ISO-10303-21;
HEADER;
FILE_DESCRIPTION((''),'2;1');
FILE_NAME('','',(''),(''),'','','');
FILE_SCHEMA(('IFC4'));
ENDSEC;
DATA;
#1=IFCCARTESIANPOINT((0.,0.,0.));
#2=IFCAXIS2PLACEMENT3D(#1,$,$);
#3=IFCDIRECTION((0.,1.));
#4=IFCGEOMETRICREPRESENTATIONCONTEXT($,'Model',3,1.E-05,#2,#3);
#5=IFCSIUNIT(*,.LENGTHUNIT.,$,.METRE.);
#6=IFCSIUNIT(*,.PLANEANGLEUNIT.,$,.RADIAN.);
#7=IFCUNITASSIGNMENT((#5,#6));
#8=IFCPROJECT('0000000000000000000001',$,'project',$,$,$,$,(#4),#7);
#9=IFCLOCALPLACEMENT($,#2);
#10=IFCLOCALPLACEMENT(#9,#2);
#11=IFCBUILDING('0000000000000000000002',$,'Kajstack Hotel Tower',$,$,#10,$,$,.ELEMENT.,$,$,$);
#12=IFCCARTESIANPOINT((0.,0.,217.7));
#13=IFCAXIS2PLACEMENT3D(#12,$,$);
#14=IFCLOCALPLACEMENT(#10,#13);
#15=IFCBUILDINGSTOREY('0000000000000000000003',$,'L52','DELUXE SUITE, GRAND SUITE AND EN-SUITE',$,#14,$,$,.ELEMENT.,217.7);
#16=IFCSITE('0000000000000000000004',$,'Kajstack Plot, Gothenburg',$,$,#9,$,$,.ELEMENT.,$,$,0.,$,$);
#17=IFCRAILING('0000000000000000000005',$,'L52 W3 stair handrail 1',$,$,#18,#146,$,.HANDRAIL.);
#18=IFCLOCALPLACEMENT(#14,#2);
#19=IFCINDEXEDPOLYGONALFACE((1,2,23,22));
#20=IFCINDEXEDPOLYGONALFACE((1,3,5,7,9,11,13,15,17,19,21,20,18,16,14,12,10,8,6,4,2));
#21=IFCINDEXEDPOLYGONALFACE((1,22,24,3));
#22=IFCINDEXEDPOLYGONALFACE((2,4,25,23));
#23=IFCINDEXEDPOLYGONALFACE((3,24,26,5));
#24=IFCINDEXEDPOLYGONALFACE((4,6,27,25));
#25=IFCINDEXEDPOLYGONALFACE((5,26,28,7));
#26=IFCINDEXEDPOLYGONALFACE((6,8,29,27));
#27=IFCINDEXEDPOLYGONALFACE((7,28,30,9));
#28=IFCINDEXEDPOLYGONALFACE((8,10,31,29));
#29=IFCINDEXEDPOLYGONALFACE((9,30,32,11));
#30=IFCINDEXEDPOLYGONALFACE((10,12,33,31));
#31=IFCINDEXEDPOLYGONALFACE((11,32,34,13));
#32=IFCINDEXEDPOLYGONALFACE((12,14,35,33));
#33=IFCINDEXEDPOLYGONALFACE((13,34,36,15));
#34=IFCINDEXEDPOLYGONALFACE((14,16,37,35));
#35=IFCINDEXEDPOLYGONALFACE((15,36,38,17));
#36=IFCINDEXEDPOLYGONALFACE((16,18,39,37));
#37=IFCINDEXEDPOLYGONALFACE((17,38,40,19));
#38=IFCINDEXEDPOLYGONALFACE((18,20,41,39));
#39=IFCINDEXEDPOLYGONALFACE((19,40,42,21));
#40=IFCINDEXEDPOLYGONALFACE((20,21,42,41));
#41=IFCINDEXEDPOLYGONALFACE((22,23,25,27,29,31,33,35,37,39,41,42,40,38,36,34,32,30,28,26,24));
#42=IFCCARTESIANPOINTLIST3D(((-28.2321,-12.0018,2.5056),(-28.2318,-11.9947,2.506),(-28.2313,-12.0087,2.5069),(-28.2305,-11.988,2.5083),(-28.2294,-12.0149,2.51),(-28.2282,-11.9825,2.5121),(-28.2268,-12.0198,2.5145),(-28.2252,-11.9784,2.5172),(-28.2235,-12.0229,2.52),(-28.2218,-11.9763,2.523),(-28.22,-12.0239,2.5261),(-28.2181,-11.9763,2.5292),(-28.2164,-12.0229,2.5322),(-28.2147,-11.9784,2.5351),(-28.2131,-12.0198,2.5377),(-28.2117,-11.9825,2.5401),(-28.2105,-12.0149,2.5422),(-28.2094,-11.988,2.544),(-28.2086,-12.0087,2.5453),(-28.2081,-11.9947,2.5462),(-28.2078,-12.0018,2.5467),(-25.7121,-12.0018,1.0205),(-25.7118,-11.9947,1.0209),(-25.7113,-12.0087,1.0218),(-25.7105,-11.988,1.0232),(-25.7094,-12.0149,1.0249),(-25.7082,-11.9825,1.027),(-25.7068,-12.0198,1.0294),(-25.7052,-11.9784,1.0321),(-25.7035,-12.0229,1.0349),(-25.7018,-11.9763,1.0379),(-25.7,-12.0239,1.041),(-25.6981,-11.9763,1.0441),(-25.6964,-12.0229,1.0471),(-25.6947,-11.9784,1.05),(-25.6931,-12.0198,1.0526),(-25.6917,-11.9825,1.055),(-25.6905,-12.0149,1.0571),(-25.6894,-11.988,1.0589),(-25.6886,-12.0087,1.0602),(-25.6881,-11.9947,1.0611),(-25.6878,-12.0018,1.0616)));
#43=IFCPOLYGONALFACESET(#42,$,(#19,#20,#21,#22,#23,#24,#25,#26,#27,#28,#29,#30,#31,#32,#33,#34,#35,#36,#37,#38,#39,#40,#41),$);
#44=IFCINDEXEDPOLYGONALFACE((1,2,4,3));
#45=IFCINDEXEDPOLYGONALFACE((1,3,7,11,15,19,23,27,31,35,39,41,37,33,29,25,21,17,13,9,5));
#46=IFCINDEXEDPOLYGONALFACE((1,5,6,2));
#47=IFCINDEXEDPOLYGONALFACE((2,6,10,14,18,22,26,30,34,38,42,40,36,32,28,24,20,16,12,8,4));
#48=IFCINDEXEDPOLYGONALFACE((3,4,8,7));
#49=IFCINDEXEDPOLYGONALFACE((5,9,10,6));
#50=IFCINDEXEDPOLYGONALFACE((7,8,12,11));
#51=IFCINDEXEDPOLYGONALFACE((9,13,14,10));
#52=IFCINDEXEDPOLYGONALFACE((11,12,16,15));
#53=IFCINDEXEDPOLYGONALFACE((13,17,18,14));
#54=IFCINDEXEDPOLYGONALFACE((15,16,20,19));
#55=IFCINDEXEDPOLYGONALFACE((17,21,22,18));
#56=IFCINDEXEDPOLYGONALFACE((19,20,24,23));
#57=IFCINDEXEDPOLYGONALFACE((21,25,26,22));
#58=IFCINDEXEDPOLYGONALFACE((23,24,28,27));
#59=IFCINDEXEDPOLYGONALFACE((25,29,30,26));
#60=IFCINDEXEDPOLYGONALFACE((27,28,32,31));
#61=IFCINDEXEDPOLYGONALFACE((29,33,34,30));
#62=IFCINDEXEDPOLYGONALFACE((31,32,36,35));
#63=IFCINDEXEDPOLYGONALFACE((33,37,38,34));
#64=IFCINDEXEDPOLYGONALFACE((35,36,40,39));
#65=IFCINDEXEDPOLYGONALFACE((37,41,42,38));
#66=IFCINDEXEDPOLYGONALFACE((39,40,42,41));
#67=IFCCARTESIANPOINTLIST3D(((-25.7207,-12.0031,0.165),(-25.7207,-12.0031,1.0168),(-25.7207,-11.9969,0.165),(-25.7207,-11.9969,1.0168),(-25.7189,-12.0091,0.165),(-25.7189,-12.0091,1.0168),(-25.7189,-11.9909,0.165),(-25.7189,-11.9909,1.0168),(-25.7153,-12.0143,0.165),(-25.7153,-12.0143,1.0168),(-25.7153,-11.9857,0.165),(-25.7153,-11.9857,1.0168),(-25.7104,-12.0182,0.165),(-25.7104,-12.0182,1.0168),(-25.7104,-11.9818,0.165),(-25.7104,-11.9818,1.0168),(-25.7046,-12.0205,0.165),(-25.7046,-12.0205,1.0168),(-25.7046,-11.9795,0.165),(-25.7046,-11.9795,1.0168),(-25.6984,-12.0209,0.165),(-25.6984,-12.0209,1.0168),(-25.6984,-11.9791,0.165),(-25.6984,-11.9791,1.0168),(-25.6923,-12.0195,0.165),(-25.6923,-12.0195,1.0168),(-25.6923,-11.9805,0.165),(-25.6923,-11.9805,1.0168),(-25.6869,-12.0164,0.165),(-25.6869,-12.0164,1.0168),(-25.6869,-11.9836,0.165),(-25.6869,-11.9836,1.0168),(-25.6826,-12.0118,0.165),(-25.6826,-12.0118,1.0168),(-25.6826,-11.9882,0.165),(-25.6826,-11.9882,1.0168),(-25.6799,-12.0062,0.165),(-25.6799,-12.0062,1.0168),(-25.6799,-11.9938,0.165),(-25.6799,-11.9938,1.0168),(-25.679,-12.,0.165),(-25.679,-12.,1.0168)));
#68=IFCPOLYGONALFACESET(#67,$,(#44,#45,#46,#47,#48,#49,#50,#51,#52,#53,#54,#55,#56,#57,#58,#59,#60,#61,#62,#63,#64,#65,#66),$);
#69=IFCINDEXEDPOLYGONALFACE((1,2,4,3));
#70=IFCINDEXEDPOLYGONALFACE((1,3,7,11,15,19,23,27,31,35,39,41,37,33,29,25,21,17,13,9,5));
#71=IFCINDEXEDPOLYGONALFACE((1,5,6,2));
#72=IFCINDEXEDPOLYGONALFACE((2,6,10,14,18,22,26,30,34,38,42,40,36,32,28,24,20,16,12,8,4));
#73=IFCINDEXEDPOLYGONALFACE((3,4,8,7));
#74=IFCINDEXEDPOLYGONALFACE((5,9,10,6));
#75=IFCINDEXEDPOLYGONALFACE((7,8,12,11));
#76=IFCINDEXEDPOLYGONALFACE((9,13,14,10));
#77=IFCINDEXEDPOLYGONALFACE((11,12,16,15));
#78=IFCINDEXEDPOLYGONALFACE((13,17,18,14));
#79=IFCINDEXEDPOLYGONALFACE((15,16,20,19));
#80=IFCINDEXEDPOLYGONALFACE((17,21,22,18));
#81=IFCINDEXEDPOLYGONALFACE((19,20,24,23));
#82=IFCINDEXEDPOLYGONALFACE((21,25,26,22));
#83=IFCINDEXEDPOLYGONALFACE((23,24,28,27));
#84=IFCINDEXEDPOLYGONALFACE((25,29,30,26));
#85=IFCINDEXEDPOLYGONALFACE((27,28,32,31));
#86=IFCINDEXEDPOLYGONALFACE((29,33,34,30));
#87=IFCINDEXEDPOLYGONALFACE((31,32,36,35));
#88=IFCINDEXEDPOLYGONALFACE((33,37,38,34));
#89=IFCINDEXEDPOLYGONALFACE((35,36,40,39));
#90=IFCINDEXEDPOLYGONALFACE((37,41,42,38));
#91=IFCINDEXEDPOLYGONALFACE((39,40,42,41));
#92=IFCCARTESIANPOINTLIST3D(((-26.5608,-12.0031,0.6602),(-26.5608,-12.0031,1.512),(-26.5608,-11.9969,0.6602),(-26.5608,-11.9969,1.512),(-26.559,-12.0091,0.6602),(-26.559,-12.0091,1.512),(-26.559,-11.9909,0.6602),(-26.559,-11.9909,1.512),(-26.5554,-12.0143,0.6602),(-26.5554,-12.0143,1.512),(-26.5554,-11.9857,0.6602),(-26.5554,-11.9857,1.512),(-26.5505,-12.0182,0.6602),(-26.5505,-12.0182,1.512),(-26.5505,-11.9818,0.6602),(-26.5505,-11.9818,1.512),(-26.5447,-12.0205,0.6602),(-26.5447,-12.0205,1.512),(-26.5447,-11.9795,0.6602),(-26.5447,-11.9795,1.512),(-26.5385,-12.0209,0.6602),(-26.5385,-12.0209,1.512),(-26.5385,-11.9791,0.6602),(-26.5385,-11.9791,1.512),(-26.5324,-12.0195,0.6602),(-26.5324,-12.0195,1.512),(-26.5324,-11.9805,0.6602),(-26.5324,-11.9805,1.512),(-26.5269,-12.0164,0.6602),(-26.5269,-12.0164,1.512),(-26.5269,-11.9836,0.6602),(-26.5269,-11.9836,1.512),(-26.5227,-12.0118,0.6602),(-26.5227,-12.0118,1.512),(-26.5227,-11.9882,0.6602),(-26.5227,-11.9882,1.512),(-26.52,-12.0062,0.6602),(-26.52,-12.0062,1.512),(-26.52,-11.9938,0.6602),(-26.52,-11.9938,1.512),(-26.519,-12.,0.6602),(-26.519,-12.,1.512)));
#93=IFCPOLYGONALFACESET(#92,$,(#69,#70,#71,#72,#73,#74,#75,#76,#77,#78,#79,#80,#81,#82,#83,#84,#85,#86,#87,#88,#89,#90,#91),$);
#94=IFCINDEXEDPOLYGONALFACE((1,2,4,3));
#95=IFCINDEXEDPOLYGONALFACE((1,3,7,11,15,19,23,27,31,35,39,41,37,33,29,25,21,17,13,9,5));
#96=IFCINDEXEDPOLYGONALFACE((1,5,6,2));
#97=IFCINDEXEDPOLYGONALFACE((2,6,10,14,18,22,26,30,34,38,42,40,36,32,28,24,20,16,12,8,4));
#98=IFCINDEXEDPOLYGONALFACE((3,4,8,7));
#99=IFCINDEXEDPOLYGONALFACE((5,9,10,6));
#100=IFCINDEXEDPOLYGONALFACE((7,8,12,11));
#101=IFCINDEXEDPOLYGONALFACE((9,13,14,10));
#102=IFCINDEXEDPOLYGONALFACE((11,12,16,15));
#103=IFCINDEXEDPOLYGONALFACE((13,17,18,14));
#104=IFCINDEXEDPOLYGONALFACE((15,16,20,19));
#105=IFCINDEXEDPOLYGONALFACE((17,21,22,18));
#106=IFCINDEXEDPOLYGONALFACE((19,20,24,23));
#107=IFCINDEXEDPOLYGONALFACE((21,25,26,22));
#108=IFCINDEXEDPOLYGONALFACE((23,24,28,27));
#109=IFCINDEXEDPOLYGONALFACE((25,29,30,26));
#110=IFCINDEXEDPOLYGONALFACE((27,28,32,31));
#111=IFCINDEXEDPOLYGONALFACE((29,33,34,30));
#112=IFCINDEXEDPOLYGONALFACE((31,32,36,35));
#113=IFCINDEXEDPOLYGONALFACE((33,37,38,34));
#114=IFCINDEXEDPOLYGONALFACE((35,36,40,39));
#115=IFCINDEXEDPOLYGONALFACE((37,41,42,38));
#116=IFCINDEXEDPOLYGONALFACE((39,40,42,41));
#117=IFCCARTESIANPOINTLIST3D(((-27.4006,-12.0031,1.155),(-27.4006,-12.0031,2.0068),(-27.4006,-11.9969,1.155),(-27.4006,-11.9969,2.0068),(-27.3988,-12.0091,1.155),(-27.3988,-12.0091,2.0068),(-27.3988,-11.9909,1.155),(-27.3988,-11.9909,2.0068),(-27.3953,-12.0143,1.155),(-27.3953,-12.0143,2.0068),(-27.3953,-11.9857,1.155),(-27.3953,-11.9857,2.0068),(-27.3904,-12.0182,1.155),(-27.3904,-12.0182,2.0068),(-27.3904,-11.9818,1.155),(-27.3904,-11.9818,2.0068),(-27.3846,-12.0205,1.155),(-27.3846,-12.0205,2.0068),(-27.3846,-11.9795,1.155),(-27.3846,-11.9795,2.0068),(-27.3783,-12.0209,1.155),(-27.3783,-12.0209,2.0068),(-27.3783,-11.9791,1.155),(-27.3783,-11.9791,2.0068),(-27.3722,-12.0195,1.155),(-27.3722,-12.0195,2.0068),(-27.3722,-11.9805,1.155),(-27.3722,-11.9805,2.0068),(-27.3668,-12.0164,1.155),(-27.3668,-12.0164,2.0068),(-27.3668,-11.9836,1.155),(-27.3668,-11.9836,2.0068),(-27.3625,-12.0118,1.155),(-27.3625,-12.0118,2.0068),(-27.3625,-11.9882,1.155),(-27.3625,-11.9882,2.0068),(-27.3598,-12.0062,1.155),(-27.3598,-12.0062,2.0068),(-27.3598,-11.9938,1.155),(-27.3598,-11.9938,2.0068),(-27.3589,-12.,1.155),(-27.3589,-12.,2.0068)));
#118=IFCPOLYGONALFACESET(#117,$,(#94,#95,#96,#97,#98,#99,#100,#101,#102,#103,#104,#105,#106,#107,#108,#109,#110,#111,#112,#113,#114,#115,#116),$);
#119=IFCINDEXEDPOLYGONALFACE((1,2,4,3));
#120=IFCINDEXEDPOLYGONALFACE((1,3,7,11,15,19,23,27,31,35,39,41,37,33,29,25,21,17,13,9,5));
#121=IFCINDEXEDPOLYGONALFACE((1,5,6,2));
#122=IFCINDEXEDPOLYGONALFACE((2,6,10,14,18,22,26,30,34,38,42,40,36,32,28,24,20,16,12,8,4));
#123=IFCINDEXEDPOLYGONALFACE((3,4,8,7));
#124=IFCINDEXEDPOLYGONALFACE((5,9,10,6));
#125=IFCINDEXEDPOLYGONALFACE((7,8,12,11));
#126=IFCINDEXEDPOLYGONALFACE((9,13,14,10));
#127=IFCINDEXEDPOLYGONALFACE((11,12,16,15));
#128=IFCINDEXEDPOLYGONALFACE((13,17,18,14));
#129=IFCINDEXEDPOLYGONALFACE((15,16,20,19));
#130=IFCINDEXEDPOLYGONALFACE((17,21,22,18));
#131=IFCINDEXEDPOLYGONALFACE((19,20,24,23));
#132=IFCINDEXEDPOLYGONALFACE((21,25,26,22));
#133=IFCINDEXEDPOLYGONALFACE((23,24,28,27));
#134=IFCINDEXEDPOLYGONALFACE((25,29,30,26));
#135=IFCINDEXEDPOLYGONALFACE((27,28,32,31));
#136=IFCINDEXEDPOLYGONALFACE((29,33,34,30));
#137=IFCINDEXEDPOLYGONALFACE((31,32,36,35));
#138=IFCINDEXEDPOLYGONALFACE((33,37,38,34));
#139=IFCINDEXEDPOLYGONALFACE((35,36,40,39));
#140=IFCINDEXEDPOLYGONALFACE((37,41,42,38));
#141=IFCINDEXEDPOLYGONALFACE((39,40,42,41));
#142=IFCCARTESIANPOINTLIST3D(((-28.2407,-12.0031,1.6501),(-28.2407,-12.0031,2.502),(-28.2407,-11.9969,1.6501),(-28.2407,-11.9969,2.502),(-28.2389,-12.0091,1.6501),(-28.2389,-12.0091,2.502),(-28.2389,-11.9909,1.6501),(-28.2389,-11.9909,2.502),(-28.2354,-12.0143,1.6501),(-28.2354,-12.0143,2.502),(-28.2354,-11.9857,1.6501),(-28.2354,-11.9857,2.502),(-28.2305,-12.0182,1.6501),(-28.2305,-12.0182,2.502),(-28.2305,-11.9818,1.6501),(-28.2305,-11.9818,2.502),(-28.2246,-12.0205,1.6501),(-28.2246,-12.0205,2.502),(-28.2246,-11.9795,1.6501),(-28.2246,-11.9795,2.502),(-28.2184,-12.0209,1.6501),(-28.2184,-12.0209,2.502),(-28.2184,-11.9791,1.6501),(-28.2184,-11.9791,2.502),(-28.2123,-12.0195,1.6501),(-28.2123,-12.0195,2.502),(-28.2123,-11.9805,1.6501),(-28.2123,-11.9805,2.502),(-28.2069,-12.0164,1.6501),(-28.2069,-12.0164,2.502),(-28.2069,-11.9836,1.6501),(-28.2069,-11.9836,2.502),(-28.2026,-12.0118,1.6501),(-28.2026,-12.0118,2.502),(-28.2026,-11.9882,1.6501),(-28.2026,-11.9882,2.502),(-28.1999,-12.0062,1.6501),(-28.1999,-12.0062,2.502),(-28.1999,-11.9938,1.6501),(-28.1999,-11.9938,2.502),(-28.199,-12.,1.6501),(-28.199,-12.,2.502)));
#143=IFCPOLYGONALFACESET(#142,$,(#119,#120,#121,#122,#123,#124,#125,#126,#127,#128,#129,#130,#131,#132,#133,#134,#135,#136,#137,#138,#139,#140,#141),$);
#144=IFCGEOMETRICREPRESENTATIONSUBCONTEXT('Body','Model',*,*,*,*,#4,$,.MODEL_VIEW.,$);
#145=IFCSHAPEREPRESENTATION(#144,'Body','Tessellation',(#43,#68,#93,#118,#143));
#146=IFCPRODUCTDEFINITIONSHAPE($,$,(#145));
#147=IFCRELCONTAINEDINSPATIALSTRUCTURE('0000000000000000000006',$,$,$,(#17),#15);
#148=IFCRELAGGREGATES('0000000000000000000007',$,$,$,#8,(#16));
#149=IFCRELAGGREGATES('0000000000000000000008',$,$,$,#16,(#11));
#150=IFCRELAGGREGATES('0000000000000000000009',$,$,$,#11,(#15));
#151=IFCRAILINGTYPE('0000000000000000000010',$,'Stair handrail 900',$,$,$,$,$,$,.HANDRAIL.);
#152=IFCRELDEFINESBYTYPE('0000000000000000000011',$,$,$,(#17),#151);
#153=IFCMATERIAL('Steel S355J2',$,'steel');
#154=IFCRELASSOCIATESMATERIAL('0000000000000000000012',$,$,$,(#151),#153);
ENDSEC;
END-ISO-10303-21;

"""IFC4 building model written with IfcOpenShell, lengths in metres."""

from ifc_helpers import new_model, si_unit, direction, frame, origin, origin_2d, place, context, subcontext, project, spatial, circle, extrude, material, type_object, element, save


model = new_model("IFC4")

# Units and contexts
model_context = context("Model", 3, precision=1e-05, world=origin(), true_north=direction((0.0, 1.0)))
body_context = subcontext(model_context, "Body", "Model", "MODEL_VIEW")
ifc_project = project(units=[si_unit("LENGTHUNIT", "METRE"), si_unit("PLANEANGLEUNIT", "RADIAN")], contexts=[model_context])

# Site, building, storey
site_placement = place(None, origin())
site = spatial("IfcSite", under=ifc_project, at=site_placement, Name="Kajstack Plot, Gothenburg", CompositionType="ELEMENT", RefElevation=0.0)
building_placement = place(site_placement, origin())
building = spatial("IfcBuilding", under=site, at=building_placement, Name="Kajstack Hotel Tower", CompositionType="ELEMENT")
storey_placement = place(building_placement, frame((0.0, 0.0, 217.7)))
storey = spatial("IfcBuildingStorey", under=building, at=storey_placement, Name="L52", Description="DELUXE SUITE, GRAND SUITE AND EN-SUITE", CompositionType="ELEMENT", Elevation=217.7)

# Railing
ifc_material_1 = material(Name="Steel S355J2", Category="steel")
railing_type_1 = type_object("IfcRailingType", Name="Stair handrail 900", PredefinedType="HANDRAIL", material=ifc_material_1)
railing_1_placement = place(storey_placement, frame((-25.7, -12.0, 0.165)))
element("IfcRailing", 1, at=railing_1_placement, inside=storey, type_object=railing_type_1, Name="L52 W3 stair handrail 1", PredefinedType="HANDRAIL", context=body_context, shape_type="SweptSolid", body=[
    extrude(circle(Radius=0.0239, at=origin_2d()), frame((0.0, 0.0, 0.876), z_axis=(-0.861524, 0.0, 0.507717), x_axis=(0.0, -1.0, 0.0)), (0.0, 0.0, 1.0), 2.925),
    extrude(circle(Radius=0.021, at=origin_2d()), origin(), (0.0, 0.0, 1.0), 0.8518),
    extrude(circle(Radius=0.021, at=origin_2d()), frame((-0.8401, 0.0, 0.4951)), (0.0, 0.0, 1.0), 0.8518),
    extrude(circle(Radius=0.021, at=origin_2d()), frame((-1.6799, 0.0, 0.99)), (0.0, 0.0, 1.0), 0.8518),
    extrude(circle(Radius=0.021, at=origin_2d()), frame((-2.52, 0.0, 1.4851)), (0.0, 0.0, 1.0), 0.8518),
])

save(model, "model.ifc")
